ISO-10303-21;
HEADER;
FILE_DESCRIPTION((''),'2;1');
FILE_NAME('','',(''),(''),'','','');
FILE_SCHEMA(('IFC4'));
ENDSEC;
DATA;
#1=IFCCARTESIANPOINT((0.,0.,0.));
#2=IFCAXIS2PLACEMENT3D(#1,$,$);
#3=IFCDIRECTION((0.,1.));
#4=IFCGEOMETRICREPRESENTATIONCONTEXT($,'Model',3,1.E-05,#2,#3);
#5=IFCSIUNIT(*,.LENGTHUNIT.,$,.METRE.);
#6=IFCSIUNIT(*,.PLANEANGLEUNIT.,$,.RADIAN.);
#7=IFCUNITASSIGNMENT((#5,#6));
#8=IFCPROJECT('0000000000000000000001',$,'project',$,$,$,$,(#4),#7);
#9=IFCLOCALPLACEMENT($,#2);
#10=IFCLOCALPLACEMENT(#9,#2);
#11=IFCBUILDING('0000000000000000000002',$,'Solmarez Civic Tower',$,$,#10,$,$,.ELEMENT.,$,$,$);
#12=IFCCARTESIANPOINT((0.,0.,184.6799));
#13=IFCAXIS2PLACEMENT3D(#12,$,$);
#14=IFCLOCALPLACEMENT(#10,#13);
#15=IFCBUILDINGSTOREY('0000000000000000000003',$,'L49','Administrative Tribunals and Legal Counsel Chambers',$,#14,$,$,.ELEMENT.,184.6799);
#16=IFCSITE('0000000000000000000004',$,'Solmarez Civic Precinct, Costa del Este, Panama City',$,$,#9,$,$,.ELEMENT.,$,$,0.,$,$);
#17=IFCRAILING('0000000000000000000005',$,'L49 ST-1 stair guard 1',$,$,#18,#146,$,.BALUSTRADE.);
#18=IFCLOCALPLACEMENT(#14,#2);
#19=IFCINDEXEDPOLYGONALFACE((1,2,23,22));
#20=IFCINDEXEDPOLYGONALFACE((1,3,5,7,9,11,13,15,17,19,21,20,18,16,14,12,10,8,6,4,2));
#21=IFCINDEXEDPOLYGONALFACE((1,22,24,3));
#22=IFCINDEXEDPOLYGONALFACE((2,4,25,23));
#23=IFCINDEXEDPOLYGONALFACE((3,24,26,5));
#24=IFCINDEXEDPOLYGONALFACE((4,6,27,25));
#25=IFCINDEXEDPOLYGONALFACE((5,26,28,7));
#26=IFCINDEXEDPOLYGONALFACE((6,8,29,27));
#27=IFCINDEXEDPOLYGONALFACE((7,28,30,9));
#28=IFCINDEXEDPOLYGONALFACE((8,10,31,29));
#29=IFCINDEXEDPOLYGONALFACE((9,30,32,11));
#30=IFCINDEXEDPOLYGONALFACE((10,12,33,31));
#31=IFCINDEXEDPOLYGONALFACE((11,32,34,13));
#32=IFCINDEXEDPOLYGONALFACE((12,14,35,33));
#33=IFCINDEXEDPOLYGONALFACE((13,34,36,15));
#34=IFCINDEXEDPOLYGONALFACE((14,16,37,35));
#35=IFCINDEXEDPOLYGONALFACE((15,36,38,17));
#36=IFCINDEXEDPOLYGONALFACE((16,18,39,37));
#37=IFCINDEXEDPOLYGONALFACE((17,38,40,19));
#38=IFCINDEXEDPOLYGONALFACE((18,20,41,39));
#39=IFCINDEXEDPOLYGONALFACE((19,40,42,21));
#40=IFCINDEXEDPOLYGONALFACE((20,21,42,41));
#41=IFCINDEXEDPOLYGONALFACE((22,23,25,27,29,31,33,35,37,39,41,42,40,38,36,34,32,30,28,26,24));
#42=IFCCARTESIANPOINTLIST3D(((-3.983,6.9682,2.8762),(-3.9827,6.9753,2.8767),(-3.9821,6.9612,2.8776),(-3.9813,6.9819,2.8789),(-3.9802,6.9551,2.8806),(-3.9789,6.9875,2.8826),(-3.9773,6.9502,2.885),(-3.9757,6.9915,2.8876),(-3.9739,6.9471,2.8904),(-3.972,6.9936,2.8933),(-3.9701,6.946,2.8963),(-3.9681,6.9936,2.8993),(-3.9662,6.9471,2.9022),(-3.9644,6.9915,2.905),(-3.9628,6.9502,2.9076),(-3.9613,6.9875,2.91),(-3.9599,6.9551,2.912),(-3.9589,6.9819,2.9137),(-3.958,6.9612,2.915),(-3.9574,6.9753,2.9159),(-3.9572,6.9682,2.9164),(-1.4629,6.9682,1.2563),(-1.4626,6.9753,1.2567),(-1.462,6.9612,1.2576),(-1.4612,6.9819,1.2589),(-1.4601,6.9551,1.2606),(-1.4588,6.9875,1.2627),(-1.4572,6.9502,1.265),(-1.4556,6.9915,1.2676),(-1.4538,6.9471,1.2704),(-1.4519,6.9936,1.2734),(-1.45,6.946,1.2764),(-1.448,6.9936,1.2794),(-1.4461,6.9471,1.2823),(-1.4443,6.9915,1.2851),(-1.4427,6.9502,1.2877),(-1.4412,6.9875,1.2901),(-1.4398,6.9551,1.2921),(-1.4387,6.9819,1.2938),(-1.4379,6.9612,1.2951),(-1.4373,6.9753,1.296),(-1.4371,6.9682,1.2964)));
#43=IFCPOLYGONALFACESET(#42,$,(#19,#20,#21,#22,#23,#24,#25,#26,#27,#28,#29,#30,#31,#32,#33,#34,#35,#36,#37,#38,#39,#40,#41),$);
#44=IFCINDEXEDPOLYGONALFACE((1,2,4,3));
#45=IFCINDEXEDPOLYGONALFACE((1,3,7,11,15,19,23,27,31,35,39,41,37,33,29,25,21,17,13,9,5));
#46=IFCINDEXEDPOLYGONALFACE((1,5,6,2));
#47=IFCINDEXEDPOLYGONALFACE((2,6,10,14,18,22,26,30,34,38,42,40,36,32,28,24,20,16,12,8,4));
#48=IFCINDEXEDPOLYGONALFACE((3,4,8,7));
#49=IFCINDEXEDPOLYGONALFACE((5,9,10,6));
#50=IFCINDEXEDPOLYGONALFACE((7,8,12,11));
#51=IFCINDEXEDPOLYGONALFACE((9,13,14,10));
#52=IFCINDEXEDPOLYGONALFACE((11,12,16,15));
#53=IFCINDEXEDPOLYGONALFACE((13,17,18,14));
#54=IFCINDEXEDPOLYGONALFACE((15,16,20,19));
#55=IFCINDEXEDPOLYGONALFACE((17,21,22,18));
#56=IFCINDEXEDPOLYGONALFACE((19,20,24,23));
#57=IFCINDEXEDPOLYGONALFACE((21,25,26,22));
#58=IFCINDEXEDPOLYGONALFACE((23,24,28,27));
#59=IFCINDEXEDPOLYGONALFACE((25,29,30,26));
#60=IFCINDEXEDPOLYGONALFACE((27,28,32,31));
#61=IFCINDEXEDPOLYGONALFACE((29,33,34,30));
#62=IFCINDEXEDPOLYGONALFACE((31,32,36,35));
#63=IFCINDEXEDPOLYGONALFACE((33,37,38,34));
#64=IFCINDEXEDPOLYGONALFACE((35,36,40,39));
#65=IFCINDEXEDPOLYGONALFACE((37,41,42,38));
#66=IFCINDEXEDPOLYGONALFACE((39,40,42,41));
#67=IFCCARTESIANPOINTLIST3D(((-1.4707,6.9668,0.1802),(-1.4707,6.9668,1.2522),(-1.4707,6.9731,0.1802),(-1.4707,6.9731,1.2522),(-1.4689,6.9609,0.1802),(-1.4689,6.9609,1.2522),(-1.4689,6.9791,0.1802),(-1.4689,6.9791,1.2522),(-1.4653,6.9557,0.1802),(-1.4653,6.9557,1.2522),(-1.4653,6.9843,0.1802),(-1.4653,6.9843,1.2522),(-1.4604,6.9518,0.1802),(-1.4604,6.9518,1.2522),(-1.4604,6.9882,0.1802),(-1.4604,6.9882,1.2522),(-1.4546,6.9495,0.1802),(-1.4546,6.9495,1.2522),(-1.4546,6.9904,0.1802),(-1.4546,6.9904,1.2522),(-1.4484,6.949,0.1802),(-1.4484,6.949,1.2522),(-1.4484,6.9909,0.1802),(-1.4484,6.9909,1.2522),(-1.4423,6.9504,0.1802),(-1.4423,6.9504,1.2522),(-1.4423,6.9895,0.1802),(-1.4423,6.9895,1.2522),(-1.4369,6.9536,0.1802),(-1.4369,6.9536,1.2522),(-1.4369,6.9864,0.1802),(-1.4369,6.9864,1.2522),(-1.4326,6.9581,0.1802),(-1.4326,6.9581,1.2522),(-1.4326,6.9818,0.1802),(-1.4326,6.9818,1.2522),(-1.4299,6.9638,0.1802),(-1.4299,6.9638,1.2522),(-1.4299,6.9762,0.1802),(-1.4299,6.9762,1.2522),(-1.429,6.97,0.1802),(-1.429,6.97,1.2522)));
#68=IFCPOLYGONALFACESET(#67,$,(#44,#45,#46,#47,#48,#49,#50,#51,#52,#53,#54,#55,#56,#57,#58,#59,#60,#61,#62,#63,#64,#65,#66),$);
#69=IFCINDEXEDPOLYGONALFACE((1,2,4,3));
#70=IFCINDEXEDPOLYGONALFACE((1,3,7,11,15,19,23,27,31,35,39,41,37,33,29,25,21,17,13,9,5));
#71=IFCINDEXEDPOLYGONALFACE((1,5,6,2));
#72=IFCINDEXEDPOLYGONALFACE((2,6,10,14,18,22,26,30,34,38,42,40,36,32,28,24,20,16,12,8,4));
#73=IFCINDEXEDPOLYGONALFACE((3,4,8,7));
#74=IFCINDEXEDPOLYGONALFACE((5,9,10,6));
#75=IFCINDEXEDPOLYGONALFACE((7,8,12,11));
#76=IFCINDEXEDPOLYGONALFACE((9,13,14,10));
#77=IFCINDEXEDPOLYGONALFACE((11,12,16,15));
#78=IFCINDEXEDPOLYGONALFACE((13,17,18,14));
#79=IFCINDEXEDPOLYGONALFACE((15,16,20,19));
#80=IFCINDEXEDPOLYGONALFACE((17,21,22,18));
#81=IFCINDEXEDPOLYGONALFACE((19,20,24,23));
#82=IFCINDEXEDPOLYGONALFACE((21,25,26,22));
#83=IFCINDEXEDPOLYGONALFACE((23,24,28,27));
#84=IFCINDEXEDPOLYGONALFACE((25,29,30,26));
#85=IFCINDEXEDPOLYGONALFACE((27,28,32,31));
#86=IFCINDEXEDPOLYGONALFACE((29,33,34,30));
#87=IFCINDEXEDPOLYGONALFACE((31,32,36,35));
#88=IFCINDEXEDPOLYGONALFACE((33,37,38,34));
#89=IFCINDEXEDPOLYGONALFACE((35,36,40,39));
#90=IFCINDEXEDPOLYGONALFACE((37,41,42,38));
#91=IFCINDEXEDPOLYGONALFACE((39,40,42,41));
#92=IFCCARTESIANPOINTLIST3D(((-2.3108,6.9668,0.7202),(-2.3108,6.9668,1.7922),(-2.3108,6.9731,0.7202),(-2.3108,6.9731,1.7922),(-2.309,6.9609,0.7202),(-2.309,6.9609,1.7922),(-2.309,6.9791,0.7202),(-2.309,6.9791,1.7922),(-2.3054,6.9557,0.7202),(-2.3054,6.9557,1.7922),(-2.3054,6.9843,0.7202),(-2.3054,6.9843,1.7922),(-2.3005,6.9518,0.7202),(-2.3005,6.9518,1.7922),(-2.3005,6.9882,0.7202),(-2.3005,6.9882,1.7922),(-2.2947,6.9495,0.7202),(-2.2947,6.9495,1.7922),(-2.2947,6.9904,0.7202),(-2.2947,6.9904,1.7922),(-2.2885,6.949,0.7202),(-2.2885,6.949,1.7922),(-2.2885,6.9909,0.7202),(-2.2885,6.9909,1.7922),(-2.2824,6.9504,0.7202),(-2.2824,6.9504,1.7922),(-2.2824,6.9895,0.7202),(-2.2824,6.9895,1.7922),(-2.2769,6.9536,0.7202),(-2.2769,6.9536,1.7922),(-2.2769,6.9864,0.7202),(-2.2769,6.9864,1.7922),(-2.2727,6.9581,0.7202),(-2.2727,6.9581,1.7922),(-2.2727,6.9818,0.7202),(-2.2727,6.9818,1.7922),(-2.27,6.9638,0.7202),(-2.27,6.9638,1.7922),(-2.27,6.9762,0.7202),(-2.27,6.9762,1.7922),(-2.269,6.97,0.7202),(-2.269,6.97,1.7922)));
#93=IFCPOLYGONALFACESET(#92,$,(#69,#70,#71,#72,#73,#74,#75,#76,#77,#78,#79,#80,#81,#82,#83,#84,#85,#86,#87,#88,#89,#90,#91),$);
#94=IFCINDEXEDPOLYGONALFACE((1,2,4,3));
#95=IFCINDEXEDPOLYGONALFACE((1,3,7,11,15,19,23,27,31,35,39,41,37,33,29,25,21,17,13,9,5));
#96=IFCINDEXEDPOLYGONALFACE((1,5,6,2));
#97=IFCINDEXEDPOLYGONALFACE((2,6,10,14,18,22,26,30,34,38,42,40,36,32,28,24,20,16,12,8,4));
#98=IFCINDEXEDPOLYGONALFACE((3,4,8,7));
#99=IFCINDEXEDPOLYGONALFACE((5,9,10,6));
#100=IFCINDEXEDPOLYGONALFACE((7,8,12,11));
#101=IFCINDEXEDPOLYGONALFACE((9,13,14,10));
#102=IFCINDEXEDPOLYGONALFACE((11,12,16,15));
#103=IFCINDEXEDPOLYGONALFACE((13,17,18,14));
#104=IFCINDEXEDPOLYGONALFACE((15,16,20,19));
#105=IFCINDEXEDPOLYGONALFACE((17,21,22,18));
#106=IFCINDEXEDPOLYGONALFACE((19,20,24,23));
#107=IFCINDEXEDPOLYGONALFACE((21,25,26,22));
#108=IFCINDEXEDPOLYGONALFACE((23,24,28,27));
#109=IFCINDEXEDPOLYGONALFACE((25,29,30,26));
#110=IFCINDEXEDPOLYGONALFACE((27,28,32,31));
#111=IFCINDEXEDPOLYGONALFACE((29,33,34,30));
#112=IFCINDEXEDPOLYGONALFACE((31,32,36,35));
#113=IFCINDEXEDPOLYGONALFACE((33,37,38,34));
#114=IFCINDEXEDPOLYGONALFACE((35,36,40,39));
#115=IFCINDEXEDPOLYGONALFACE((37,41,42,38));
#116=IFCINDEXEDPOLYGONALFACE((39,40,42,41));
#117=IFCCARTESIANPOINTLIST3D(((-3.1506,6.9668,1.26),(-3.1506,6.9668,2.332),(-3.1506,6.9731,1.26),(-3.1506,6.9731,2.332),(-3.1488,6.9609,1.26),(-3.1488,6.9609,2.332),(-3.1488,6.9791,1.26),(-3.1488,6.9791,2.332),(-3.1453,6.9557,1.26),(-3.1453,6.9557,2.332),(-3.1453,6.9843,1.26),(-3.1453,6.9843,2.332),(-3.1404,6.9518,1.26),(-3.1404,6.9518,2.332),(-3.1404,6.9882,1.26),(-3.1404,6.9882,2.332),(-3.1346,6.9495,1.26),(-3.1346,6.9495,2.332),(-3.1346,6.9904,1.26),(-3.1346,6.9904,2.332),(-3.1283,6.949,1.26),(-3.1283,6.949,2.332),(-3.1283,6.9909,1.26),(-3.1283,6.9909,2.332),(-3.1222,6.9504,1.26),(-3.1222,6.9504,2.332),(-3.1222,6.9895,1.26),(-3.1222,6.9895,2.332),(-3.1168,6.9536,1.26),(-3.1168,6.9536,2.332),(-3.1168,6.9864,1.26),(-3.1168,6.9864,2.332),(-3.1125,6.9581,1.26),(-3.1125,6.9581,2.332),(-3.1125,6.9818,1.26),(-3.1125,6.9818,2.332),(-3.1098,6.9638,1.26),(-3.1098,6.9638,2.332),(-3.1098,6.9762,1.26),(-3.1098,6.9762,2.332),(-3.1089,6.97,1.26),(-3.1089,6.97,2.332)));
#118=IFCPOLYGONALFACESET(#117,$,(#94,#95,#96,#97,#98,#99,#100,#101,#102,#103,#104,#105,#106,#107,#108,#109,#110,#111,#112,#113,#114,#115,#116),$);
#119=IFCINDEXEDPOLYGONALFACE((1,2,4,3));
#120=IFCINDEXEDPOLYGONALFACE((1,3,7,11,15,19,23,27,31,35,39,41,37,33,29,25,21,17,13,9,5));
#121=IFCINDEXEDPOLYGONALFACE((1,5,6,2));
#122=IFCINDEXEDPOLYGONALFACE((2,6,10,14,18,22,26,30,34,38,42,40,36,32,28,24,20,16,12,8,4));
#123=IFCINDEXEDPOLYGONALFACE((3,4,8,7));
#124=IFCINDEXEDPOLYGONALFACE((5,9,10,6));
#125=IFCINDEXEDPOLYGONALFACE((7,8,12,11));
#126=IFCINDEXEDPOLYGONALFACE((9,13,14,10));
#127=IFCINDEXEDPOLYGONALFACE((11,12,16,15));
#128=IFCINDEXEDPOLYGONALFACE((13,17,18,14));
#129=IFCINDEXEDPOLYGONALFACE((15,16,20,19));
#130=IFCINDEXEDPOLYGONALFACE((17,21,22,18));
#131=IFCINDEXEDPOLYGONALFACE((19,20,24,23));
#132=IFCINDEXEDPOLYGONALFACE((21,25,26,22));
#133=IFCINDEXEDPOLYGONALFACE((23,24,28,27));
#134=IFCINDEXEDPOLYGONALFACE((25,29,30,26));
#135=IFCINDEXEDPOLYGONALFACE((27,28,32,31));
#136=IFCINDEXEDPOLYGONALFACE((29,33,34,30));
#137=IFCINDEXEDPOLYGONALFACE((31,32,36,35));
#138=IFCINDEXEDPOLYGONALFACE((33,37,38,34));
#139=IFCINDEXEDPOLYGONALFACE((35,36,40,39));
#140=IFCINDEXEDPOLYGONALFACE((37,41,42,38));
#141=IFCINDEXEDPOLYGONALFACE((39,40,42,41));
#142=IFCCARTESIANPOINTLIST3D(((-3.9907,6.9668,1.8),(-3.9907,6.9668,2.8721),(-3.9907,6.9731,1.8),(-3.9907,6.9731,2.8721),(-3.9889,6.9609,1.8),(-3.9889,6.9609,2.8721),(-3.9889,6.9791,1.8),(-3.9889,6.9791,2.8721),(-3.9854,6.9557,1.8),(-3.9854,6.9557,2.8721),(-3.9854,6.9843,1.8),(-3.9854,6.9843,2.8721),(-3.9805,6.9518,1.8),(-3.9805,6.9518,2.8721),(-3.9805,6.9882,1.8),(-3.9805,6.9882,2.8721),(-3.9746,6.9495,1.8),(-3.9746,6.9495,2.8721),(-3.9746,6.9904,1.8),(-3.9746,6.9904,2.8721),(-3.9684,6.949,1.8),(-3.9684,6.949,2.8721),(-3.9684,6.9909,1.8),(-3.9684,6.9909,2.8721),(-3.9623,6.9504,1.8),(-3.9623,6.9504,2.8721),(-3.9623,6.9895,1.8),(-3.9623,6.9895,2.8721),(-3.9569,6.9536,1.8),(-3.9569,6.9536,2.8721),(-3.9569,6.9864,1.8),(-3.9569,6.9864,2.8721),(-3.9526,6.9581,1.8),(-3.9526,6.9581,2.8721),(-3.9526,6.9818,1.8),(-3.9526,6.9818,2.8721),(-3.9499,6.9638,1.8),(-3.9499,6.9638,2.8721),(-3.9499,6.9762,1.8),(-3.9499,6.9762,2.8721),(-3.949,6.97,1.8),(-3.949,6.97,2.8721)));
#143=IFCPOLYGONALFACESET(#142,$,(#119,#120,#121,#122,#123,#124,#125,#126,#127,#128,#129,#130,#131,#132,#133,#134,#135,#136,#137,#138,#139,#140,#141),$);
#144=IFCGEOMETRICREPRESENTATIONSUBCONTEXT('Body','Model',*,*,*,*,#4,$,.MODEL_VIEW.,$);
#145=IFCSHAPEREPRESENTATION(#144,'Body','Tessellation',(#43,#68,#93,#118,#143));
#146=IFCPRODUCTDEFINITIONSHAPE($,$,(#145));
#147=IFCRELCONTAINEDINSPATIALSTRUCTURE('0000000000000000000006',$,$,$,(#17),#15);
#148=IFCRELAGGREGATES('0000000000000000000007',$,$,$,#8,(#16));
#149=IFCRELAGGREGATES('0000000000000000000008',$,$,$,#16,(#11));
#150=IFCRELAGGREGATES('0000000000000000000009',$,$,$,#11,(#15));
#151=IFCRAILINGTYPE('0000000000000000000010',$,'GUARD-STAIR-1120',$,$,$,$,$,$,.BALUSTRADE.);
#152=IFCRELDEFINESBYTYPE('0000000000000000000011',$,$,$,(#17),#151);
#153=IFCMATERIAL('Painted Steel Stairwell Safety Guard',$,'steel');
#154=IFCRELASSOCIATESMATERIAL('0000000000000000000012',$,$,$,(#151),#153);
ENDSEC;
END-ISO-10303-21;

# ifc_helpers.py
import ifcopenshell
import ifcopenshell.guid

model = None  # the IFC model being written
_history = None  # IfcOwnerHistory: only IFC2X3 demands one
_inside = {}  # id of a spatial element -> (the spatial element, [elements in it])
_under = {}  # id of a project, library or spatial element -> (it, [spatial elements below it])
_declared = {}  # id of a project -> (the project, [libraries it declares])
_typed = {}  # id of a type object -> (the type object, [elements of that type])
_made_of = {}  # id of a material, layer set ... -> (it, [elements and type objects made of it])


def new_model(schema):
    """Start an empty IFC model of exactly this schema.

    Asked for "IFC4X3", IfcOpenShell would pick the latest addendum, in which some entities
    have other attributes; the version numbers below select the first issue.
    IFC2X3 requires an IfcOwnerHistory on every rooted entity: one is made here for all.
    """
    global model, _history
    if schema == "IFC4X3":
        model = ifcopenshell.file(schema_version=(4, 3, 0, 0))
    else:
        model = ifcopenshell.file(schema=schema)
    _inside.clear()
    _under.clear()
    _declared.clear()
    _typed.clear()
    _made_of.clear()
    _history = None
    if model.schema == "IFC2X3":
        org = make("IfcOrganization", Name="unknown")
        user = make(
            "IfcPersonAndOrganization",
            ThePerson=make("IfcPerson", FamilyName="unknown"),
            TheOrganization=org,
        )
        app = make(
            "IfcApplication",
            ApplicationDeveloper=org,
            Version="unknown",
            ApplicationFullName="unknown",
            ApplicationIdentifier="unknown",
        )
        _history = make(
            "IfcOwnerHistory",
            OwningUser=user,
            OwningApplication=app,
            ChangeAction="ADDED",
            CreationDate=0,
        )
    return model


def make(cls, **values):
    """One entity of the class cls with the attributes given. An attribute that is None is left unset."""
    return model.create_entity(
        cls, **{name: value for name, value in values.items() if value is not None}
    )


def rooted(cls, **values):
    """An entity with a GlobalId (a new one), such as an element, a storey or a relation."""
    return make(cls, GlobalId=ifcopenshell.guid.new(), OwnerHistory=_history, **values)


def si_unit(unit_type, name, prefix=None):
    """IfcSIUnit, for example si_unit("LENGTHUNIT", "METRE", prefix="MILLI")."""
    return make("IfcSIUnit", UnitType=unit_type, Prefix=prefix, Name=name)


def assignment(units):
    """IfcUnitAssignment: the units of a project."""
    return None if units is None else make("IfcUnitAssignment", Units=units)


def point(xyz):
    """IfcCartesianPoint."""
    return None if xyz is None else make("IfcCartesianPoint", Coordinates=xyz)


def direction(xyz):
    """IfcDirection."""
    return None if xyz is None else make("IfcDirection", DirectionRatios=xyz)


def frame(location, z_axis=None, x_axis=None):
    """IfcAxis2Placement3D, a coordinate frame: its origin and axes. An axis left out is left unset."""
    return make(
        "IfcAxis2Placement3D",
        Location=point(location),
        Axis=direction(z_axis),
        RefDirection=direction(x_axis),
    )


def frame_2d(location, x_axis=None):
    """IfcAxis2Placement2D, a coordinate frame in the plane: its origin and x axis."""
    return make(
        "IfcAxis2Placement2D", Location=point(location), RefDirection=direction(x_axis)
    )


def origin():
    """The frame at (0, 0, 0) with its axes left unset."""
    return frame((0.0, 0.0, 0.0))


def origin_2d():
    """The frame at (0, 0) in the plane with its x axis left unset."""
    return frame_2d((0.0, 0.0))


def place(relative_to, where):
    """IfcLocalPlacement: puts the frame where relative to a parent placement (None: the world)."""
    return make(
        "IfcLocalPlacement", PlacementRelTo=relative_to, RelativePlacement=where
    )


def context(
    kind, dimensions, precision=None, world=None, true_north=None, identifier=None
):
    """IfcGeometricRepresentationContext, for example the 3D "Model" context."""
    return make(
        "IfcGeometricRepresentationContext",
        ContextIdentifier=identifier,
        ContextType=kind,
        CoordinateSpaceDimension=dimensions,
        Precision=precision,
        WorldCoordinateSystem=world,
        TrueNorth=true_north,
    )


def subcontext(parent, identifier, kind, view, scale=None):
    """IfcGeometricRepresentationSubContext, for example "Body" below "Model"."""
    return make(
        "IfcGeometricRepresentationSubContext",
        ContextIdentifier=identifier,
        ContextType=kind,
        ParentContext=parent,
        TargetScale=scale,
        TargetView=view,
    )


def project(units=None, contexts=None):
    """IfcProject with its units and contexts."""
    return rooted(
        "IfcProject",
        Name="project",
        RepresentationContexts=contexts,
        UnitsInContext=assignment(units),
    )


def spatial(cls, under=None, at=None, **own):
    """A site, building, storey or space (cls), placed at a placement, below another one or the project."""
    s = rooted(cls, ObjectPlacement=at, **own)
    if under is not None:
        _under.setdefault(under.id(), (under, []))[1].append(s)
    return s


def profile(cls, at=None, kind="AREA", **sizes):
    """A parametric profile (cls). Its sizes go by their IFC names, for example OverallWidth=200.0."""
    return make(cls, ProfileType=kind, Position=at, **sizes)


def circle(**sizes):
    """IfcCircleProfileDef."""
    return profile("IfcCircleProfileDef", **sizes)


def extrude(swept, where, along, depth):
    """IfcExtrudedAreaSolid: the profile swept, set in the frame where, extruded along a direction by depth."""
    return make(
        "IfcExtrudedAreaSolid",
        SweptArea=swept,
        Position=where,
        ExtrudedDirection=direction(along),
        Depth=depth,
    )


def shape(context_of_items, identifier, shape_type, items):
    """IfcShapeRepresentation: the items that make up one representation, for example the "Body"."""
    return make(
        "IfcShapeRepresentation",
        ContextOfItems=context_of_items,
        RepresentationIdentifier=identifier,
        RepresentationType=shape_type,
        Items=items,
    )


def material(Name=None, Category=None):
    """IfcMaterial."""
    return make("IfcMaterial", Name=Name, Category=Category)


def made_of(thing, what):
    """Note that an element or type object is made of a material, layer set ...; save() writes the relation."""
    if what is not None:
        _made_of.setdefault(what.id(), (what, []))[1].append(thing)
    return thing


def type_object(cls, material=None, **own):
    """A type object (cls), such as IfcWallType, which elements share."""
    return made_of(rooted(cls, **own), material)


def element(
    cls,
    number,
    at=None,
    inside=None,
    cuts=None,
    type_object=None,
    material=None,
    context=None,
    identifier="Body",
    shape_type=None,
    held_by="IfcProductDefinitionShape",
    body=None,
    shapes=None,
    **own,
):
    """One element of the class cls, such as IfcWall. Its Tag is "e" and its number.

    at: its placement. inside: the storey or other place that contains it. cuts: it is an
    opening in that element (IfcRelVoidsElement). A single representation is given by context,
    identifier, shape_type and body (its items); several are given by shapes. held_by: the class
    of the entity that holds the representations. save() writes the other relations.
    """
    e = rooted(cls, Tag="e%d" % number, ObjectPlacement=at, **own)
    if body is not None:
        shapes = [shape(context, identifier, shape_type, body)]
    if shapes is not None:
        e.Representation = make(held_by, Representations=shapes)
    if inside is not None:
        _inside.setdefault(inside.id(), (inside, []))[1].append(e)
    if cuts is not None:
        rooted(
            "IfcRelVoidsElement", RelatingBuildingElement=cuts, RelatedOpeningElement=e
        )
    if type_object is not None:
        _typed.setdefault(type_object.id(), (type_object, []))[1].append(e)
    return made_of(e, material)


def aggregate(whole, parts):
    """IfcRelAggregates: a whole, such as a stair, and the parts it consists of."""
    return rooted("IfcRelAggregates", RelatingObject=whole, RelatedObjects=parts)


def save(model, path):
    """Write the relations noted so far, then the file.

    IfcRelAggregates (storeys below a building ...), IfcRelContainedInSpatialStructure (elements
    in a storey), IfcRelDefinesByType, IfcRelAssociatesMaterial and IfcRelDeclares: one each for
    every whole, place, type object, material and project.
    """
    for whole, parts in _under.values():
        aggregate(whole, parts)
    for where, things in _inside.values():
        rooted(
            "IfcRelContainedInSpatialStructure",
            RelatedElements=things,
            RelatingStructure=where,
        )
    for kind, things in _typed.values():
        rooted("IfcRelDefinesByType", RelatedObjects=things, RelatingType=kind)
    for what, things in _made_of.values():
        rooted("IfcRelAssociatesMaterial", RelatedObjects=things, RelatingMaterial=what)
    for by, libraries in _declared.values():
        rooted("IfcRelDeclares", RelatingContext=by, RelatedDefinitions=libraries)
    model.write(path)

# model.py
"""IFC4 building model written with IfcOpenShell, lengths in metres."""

from ifc_helpers import new_model, si_unit, direction, frame, origin, origin_2d, place, context, subcontext, project, spatial, circle, extrude, material, type_object, element, save


model = new_model("IFC4")

# Units and contexts
model_context = context("Model", 3, precision=1e-05, world=origin(), true_north=direction((0.0, 1.0)))
body_context = subcontext(model_context, "Body", "Model", "MODEL_VIEW")
ifc_project = project(units=[si_unit("LENGTHUNIT", "METRE"), si_unit("PLANEANGLEUNIT", "RADIAN")], contexts=[model_context])

# Site, building, storey
site_placement = place(None, origin())
site = spatial("IfcSite", under=ifc_project, at=site_placement, Name="Solmarez Civic Precinct, Costa del Este, Panama City", CompositionType="ELEMENT", RefElevation=0.0)
building_placement = place(site_placement, origin())
building = spatial("IfcBuilding", under=site, at=building_placement, Name="Solmarez Civic Tower", CompositionType="ELEMENT")
storey_placement = place(building_placement, frame((0.0, 0.0, 184.6799)))
storey = spatial("IfcBuildingStorey", under=building, at=storey_placement, Name="L49", Description="Administrative Tribunals and Legal Counsel Chambers", CompositionType="ELEMENT", Elevation=184.6799)

# Railing
ifc_material_1 = material(Name="Painted Steel Stairwell Safety Guard", Category="steel")
railing_type_1 = type_object("IfcRailingType", Name="GUARD-STAIR-1120", PredefinedType="BALUSTRADE", material=ifc_material_1)
railing_1_placement = place(storey_placement, frame((-1.45, 6.97, 0.1802)))
element("IfcRailing", 1, at=railing_1_placement, inside=storey, type_object=railing_type_1, Name="L49 ST-1 stair guard 1", PredefinedType="BALUSTRADE", context=body_context, shape_type="SweptSolid", body=[
    extrude(circle(Radius=0.0239, at=origin_2d()), frame((0.0, 0.0, 1.0962), z_axis=(-0.8412, 0.0, 0.540725), x_axis=(0.0, -1.0, 0.0)), (0.0, 0.0, 1.0), 2.9958),
    extrude(circle(Radius=0.021, at=origin_2d()), origin(), (0.0, 0.0, 1.0), 1.072),
    extrude(circle(Radius=0.021, at=origin_2d()), frame((-0.8401, 0.0, 0.54)), (0.0, 0.0, 1.0), 1.072),
    extrude(circle(Radius=0.021, at=origin_2d()), frame((-1.6799, 0.0, 1.0798)), (0.0, 0.0, 1.0), 1.072),
    extrude(circle(Radius=0.021, at=origin_2d()), frame((-2.52, 0.0, 1.6199)), (0.0, 0.0, 1.0), 1.072),
])

save(model, "model.ifc")
